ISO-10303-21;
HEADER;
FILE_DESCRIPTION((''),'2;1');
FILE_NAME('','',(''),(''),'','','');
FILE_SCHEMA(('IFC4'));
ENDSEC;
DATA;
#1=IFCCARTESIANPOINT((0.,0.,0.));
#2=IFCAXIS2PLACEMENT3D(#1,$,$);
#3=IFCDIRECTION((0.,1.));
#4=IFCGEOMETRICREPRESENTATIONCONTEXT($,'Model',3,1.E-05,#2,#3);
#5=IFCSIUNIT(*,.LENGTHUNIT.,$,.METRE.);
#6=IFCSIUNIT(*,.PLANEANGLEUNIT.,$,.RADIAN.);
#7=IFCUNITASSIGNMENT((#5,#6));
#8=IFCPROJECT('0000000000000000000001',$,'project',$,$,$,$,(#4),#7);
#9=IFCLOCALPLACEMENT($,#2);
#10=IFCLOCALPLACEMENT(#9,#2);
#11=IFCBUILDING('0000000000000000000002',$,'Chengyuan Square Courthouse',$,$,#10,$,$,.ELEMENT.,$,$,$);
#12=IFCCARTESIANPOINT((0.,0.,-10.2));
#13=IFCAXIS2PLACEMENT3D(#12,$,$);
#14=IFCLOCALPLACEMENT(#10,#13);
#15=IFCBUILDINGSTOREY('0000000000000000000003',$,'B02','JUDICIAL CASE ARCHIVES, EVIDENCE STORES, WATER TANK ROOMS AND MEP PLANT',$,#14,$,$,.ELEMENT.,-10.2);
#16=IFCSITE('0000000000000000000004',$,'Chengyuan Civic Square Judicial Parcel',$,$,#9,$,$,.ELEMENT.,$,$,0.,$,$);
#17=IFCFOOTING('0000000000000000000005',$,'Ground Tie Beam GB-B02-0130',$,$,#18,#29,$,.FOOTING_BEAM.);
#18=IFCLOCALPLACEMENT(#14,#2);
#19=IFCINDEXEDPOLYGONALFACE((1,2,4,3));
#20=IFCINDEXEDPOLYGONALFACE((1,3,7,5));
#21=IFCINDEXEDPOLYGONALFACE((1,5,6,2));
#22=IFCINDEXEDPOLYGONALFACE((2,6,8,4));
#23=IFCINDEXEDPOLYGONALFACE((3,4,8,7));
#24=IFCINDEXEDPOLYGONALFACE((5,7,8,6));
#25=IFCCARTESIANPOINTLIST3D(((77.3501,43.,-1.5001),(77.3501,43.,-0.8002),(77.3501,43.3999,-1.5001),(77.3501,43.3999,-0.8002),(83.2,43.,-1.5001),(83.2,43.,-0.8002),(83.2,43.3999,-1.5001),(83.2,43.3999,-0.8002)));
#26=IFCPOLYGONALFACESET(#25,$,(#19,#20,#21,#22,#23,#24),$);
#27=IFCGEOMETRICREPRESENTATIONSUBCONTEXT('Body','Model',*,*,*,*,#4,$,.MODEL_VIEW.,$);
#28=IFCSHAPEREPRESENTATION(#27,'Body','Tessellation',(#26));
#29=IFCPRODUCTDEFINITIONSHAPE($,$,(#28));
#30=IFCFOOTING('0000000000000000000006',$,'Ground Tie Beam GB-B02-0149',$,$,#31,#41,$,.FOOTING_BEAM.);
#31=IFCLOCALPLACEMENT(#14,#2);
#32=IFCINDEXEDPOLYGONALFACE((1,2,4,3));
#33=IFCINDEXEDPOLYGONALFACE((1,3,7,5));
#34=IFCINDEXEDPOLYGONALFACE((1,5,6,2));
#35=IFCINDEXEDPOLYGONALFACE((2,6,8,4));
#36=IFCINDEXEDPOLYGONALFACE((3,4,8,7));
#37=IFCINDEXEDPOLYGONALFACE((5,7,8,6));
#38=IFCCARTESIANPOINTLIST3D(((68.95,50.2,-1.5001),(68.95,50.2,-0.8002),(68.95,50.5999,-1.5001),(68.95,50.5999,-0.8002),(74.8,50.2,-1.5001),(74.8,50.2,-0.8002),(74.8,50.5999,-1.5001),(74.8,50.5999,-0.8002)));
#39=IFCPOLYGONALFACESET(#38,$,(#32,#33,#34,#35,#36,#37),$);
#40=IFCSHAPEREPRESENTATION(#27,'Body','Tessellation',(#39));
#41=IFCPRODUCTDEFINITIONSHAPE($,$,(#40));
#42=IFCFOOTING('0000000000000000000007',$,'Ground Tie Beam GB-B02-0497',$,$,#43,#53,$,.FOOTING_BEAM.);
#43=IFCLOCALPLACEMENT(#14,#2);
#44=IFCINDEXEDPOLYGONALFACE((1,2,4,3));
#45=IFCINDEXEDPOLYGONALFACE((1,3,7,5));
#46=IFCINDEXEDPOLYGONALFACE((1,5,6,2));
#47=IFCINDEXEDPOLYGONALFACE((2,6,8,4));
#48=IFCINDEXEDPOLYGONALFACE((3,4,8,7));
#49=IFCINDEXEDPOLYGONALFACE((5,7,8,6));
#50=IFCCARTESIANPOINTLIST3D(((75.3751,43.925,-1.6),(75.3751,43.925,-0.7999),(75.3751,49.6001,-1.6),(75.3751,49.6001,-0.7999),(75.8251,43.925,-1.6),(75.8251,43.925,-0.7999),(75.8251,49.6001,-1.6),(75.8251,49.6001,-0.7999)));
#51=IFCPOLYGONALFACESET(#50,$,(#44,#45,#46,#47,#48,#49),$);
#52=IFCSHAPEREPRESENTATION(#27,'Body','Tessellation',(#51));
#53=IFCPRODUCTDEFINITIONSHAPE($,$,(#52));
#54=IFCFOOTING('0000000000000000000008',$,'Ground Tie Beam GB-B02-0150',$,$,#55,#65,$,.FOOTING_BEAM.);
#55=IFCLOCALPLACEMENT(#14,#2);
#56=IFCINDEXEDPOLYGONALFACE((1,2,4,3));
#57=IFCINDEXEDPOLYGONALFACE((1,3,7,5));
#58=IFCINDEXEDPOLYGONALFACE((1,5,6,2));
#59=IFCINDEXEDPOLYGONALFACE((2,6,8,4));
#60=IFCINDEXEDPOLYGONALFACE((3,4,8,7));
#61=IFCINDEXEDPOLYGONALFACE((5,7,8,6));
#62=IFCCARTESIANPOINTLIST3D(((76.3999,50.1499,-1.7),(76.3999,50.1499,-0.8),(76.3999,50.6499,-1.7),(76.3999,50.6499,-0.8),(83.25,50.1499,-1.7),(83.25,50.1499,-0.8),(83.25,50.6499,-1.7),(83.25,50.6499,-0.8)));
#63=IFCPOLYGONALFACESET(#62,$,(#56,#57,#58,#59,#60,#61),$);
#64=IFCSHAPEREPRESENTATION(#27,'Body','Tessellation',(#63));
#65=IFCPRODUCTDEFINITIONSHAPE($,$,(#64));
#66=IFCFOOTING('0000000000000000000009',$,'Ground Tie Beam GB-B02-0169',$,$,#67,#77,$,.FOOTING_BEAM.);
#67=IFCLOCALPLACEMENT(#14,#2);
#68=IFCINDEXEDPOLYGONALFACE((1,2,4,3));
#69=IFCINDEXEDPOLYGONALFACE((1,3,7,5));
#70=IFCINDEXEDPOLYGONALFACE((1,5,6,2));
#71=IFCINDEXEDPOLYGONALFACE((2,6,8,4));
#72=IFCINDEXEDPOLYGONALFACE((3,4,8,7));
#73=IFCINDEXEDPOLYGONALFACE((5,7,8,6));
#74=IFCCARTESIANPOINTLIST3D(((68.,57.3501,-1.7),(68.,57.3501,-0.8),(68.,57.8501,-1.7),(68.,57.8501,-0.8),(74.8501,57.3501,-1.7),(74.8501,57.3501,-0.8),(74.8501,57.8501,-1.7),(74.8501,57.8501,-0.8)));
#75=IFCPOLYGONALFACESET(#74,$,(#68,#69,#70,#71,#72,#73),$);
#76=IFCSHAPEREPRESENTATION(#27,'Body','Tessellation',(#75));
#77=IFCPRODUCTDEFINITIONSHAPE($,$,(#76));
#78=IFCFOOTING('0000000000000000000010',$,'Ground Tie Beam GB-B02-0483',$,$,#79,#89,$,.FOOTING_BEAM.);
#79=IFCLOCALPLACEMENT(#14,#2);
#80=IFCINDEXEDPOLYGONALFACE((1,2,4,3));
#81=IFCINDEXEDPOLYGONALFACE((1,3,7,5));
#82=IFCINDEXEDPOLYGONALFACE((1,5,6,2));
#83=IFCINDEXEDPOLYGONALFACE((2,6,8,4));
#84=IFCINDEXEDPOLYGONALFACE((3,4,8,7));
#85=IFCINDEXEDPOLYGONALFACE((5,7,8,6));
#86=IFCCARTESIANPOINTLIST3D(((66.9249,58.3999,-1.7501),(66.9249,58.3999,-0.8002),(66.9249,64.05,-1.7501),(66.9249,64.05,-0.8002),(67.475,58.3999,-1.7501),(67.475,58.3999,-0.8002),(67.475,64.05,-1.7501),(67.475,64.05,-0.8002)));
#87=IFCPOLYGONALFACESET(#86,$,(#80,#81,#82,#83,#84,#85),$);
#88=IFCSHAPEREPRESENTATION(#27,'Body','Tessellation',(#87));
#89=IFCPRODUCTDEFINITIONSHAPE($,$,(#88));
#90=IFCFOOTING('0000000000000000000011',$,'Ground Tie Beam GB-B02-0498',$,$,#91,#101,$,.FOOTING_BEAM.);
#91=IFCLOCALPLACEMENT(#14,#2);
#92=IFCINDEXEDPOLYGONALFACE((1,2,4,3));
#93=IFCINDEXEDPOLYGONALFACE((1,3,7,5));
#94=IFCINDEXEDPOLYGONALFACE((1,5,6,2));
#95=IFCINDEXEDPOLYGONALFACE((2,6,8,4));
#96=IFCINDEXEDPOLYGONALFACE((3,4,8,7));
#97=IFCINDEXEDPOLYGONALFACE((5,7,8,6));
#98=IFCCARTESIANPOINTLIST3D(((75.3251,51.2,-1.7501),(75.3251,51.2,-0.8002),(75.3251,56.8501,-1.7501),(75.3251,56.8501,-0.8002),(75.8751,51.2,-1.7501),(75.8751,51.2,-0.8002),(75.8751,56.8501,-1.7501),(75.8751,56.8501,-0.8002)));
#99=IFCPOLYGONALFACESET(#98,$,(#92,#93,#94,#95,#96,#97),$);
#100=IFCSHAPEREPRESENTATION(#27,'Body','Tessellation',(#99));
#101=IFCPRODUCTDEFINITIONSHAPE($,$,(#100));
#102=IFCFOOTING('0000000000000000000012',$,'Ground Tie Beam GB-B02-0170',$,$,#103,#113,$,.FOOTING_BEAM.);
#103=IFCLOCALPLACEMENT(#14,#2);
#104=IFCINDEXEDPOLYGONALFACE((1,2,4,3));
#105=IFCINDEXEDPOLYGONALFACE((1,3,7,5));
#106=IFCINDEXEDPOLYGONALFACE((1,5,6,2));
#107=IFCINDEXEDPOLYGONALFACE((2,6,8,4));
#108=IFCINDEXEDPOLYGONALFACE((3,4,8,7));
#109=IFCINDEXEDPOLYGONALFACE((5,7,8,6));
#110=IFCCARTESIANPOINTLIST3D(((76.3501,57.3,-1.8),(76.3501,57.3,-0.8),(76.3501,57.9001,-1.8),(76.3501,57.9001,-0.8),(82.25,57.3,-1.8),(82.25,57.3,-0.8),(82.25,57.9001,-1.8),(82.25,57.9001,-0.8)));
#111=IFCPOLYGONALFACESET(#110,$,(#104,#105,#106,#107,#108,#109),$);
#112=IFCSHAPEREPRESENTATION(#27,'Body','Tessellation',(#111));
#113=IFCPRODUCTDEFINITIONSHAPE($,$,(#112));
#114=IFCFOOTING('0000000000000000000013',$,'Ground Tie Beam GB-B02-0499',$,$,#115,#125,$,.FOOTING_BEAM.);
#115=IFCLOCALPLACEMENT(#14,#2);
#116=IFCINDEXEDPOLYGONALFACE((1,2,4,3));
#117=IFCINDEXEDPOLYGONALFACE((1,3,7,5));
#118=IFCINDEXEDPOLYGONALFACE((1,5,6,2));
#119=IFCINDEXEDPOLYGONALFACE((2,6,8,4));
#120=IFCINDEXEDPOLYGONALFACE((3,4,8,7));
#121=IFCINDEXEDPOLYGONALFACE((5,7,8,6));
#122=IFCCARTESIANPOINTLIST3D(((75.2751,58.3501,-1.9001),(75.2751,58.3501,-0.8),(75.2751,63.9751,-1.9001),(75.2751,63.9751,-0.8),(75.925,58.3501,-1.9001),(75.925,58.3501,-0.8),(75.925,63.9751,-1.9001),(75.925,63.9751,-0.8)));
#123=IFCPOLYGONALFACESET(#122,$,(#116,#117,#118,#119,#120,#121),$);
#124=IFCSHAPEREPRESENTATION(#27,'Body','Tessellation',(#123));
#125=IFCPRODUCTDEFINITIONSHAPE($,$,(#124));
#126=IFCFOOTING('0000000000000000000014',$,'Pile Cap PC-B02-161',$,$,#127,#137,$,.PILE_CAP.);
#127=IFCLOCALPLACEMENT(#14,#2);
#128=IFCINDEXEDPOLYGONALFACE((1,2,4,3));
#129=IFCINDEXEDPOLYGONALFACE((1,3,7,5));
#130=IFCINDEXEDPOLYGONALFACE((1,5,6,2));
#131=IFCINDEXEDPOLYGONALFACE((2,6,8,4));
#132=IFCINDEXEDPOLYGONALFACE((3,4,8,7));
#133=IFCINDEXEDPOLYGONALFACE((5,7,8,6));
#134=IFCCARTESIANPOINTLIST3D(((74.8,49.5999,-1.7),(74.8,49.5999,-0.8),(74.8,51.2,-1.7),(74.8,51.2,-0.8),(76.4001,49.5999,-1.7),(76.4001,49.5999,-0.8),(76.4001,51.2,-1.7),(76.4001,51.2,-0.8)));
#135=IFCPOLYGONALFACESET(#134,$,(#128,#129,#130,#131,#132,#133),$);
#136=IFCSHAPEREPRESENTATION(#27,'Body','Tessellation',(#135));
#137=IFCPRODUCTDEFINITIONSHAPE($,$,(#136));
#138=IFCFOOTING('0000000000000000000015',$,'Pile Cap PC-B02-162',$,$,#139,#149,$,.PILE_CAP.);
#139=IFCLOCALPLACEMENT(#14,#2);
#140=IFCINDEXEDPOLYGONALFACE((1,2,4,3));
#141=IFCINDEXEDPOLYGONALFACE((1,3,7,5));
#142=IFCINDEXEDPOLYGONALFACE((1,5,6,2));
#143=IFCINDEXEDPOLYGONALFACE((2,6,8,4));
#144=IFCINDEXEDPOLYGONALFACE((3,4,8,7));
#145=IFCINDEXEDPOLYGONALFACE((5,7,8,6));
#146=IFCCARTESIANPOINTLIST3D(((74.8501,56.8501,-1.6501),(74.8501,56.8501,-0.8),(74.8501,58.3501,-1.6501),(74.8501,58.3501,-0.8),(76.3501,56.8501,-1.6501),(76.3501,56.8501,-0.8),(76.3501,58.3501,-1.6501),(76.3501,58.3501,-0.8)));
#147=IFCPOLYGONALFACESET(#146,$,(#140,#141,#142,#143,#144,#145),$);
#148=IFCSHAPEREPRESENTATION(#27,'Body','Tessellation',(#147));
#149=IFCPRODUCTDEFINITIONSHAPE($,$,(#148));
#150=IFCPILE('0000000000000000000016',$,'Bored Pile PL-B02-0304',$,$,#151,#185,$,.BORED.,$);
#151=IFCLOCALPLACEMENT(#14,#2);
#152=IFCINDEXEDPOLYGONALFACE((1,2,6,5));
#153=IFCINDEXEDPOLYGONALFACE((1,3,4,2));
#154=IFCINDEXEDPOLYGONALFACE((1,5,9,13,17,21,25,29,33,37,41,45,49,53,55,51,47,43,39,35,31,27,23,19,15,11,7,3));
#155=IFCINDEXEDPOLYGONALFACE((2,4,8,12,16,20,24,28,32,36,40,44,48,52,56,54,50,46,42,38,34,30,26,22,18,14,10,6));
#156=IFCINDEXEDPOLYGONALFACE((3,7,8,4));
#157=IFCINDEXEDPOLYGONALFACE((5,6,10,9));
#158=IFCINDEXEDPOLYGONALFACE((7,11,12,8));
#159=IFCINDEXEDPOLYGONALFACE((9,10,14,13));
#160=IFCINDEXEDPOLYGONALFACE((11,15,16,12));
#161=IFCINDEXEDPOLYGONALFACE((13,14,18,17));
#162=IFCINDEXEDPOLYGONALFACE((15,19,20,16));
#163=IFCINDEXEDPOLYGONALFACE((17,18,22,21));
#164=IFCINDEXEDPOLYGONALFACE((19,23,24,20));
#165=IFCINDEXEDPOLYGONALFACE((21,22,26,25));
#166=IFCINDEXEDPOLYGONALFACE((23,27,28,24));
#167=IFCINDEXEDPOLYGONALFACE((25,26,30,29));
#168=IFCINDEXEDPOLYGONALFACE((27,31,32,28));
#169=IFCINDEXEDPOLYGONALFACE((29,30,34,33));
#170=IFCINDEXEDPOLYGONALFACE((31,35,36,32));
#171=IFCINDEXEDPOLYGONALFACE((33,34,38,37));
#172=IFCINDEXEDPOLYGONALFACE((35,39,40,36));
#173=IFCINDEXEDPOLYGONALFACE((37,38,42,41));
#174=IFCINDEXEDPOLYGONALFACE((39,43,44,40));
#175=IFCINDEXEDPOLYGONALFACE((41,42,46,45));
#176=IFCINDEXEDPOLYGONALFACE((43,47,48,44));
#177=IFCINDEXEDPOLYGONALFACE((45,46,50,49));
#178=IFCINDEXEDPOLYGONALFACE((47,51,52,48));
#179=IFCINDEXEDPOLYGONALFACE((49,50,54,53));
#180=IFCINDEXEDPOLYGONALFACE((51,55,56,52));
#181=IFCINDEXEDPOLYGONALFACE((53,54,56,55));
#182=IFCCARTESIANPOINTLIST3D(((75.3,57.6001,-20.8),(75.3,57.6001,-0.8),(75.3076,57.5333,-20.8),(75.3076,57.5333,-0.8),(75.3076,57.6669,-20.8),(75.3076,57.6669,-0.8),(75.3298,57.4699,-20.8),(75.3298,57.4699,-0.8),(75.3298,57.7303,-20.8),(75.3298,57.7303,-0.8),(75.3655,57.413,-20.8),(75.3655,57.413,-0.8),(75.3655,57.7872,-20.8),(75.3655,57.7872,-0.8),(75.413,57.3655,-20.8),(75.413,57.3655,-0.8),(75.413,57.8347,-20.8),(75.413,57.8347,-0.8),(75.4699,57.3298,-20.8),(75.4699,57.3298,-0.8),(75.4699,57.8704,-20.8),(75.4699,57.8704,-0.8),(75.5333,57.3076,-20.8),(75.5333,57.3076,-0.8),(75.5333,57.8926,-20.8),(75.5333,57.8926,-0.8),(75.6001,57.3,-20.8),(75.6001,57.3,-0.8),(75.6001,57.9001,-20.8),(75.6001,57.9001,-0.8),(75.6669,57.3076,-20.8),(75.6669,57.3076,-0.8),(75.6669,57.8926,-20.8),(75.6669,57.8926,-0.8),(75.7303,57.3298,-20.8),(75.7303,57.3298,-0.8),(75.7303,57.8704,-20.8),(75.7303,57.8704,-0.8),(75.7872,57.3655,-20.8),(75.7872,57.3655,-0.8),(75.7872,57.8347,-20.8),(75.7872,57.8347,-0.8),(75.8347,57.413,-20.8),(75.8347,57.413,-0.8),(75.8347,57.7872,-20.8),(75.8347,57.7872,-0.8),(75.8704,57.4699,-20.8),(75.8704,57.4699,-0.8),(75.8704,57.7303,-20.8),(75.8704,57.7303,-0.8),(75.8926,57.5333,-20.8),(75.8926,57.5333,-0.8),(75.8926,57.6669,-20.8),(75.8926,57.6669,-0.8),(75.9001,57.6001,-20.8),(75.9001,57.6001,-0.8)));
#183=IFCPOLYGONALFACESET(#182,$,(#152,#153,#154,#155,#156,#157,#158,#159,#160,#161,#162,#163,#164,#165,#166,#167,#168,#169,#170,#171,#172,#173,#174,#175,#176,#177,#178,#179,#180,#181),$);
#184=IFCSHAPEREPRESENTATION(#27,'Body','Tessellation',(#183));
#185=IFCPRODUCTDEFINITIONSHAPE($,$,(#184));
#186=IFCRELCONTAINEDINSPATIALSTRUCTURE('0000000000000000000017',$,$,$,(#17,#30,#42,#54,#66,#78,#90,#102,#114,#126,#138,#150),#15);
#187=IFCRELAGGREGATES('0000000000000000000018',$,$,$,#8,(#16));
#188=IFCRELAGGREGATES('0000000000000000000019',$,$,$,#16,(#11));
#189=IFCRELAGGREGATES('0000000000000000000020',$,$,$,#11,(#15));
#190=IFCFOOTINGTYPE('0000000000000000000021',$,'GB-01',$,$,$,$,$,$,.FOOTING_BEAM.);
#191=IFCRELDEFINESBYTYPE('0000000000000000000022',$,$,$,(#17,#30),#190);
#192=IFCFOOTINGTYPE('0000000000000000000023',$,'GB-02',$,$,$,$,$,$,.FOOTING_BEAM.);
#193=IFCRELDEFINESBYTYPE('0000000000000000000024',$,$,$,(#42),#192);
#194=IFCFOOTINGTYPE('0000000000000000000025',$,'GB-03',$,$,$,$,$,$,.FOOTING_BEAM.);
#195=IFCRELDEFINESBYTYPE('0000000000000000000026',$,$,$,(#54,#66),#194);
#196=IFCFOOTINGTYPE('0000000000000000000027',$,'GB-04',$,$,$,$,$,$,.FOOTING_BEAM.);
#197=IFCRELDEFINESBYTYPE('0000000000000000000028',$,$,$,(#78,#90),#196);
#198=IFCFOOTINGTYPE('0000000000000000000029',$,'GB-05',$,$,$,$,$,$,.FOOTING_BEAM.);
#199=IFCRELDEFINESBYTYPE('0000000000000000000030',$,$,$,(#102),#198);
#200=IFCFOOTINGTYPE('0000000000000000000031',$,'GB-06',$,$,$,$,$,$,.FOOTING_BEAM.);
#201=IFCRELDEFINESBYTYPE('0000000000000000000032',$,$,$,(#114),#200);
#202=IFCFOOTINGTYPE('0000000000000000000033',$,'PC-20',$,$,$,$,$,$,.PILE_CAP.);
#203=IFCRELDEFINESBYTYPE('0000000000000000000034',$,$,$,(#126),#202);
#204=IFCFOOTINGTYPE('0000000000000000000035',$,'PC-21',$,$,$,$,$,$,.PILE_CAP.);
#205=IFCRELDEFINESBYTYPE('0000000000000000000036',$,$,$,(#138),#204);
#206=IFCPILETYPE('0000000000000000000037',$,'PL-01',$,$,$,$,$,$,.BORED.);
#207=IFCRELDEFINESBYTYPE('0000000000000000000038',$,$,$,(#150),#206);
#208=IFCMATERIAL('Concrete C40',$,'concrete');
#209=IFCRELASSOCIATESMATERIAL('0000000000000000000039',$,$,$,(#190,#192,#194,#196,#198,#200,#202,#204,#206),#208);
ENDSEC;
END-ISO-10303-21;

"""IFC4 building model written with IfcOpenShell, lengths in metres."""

from ifc_helpers import new_model, si_unit, direction, frame, origin, origin_2d, place, context, subcontext, project, spatial, rectangle, circle, extrude, material, material_profile, profile_set, type_object, element, save


model = new_model("IFC4")

# Units and contexts
model_context = context("Model", 3, precision=1e-05, world=origin(), true_north=direction((0.0, 1.0)))
body_context = subcontext(model_context, "Body", "Model", "MODEL_VIEW")
ifc_project = project(units=[si_unit("LENGTHUNIT", "METRE"), si_unit("PLANEANGLEUNIT", "RADIAN")], contexts=[model_context])

# Site, building, storey
site_placement = place(None, origin())
site = spatial("IfcSite", under=ifc_project, at=site_placement, Name="Chengyuan Civic Square Judicial Parcel", CompositionType="ELEMENT", RefElevation=0.0)
building_placement = place(site_placement, origin())
building = spatial("IfcBuilding", under=site, at=building_placement, Name="Chengyuan Square Courthouse", CompositionType="ELEMENT")
storey_placement = place(building_placement, frame((0.0, 0.0, -10.2)))
storey = spatial("IfcBuildingStorey", under=building, at=storey_placement, Name="B02", Description="JUDICIAL CASE ARCHIVES, EVIDENCE STORES, WATER TANK ROOMS AND MEP PLANT", CompositionType="ELEMENT", Elevation=-10.2)

# Footings
ifc_material_1 = material(Name="Concrete C40", Category="concrete")
ifc_material_profile_1 = material_profile(ifc_material_1, rectangle(XDim=0.3999, YDim=0.7, at=origin_2d()), Name="GB-400x700")
ifc_profile_set_1 = profile_set([ifc_material_profile_1], Name="Concrete C40")
footing_type_1 = type_object("IfcFootingType", Name="GB-01", PredefinedType="FOOTING_BEAM", material=ifc_profile_set_1)
footing_1_placement = place(storey_placement, frame((77.3501, 43.2, -1.1501), z_axis=(1.0, 0.0, 0.0), x_axis=(0.0, 1.0, 0.0)))
element("IfcFooting", 1, at=footing_1_placement, inside=storey, type_object=footing_type_1, Name="Ground Tie Beam GB-B02-0130", PredefinedType="FOOTING_BEAM", context=body_context, shape_type="SweptSolid", body=[
    extrude(rectangle(XDim=0.3999, YDim=0.7, at=origin_2d()), origin(), (0.0, 0.0, 1.0), 5.8499),
])
footing_2_placement = place(storey_placement, frame((68.95, 50.3999, -1.1501), z_axis=(1.0, 0.0, 0.0), x_axis=(0.0, 1.0, 0.0)))
element("IfcFooting", 2, at=footing_2_placement, inside=storey, type_object=footing_type_1, Name="Ground Tie Beam GB-B02-0149", PredefinedType="FOOTING_BEAM", context=body_context, shape_type="SweptSolid", body=[
    extrude(rectangle(XDim=0.3999, YDim=0.7, at=origin_2d()), origin(), (0.0, 0.0, 1.0), 5.8501),
])
ifc_material_profile_2 = material_profile(ifc_material_1, rectangle(XDim=0.45, YDim=0.8, at=origin_2d()), Name="GB-450x800")
ifc_profile_set_2 = profile_set([ifc_material_profile_2], Name="Concrete C40")
footing_type_2 = type_object("IfcFootingType", Name="GB-02", PredefinedType="FOOTING_BEAM", material=ifc_profile_set_2)
footing_3_placement = place(storey_placement, frame((75.6001, 43.925, -1.2), z_axis=(0.0, 1.0, 0.0), x_axis=(-1.0, 0.0, 0.0)))
element("IfcFooting", 3, at=footing_3_placement, inside=storey, type_object=footing_type_2, Name="Ground Tie Beam GB-B02-0497", PredefinedType="FOOTING_BEAM", context=body_context, shape_type="SweptSolid", body=[
    extrude(rectangle(XDim=0.45, YDim=0.8, at=origin_2d()), origin(), (0.0, 0.0, 1.0), 5.675),
])
ifc_material_profile_3 = material_profile(ifc_material_1, rectangle(XDim=0.5, YDim=0.8999, at=origin_2d()), Name="GB-500x900")
ifc_profile_set_3 = profile_set([ifc_material_profile_3], Name="Concrete C40")
footing_type_3 = type_object("IfcFootingType", Name="GB-03", PredefinedType="FOOTING_BEAM", material=ifc_profile_set_3)
for number, where, z_axis, x_axis, name in (
    (4, (76.3999, 50.3999, -1.25), (1.0, 0.0, 0.0), (0.0, 1.0, 0.0), "Ground Tie Beam GB-B02-0150"),
    (5, (68.0, 57.6001, -1.25), (1.0, 0.0, 0.0), (0.0, 1.0, 0.0), "Ground Tie Beam GB-B02-0169"),
):
    element("IfcFooting", number, at=place(storey_placement, frame(where, z_axis=z_axis, x_axis=x_axis)), inside=storey, type_object=footing_type_3, Name=name, PredefinedType="FOOTING_BEAM", context=body_context, shape_type="SweptSolid", body=[
        extrude(rectangle(XDim=0.5, YDim=0.8999, at=origin_2d()), origin(), (0.0, 0.0, 1.0), 6.8501),
    ])
ifc_material_profile_4 = material_profile(ifc_material_1, rectangle(XDim=0.55, YDim=0.95, at=origin_2d()), Name="GB-550x950")
ifc_profile_set_4 = profile_set([ifc_material_profile_4], Name="Concrete C40")
footing_type_4 = type_object("IfcFootingType", Name="GB-04", PredefinedType="FOOTING_BEAM", material=ifc_profile_set_4)
for number, where, z_axis, x_axis, name in (
    (6, (67.2, 58.3999, -1.2751), (0.0, 1.0, 0.0), (-1.0, 0.0, 0.0), "Ground Tie Beam GB-B02-0483"),
    (7, (75.6001, 51.2, -1.2751), (0.0, 1.0, 0.0), (-1.0, 0.0, 0.0), "Ground Tie Beam GB-B02-0498"),
):
    element("IfcFooting", number, at=place(storey_placement, frame(where, z_axis=z_axis, x_axis=x_axis)), inside=storey, type_object=footing_type_4, Name=name, PredefinedType="FOOTING_BEAM", context=body_context, shape_type="SweptSolid", body=[
        extrude(rectangle(XDim=0.55, YDim=0.95, at=origin_2d()), origin(), (0.0, 0.0, 1.0), 5.6501),
    ])
ifc_material_profile_5 = material_profile(ifc_material_1, rectangle(XDim=0.6001, YDim=1.0, at=origin_2d()), Name="GB-600x1000")
ifc_profile_set_5 = profile_set([ifc_material_profile_5], Name="Concrete C40")
footing_type_5 = type_object("IfcFootingType", Name="GB-05", PredefinedType="FOOTING_BEAM", material=ifc_profile_set_5)
footing_4_placement = place(storey_placement, frame((76.3501, 57.6001, -1.3), z_axis=(1.0, 0.0, 0.0), x_axis=(0.0, 1.0, 0.0)))
element("IfcFooting", 8, at=footing_4_placement, inside=storey, type_object=footing_type_5, Name="Ground Tie Beam GB-B02-0170", PredefinedType="FOOTING_BEAM", context=body_context, shape_type="SweptSolid", body=[
    extrude(rectangle(XDim=0.6001, YDim=1.0, at=origin_2d()), origin(), (0.0, 0.0, 1.0), 5.8999),
])
ifc_material_profile_6 = material_profile(ifc_material_1, rectangle(XDim=0.6499, YDim=1.1001, at=origin_2d()), Name="GB-650x1100")
ifc_profile_set_6 = profile_set([ifc_material_profile_6], Name="Concrete C40")
footing_type_6 = type_object("IfcFootingType", Name="GB-06", PredefinedType="FOOTING_BEAM", material=ifc_profile_set_6)
footing_5_placement = place(storey_placement, frame((75.6001, 58.3501, -1.3501), z_axis=(0.0, 1.0, 0.0), x_axis=(-1.0, 0.0, 0.0)))
element("IfcFooting", 9, at=footing_5_placement, inside=storey, type_object=footing_type_6, Name="Ground Tie Beam GB-B02-0499", PredefinedType="FOOTING_BEAM", context=body_context, shape_type="SweptSolid", body=[
    extrude(rectangle(XDim=0.6499, YDim=1.1001, at=origin_2d()), origin(), (0.0, 0.0, 1.0), 5.625),
])
footing_type_7 = type_object("IfcFootingType", Name="PC-20", PredefinedType="PILE_CAP", material=ifc_material_1)
footing_6_placement = place(storey_placement, frame((75.6001, 50.3999, -1.7), z_axis=(0.0, 0.0, 1.0), x_axis=(1.0, 0.0, 0.0)))
element("IfcFooting", 10, at=footing_6_placement, inside=storey, type_object=footing_type_7, Name="Pile Cap PC-B02-161", PredefinedType="PILE_CAP", context=body_context, shape_type="SweptSolid", body=[
    extrude(rectangle(XDim=1.6001, YDim=1.6001, at=origin_2d()), origin(), (0.0, 0.0, 1.0), 0.8999),
])
footing_type_8 = type_object("IfcFootingType", Name="PC-21", PredefinedType="PILE_CAP", material=ifc_material_1)
footing_7_placement = place(storey_placement, frame((75.6001, 57.6001, -1.6501), z_axis=(0.0, 0.0, 1.0), x_axis=(1.0, 0.0, 0.0)))
element("IfcFooting", 11, at=footing_7_placement, inside=storey, type_object=footing_type_8, Name="Pile Cap PC-B02-162", PredefinedType="PILE_CAP", context=body_context, shape_type="SweptSolid", body=[
    extrude(rectangle(XDim=1.5, YDim=1.5, at=origin_2d()), origin(), (0.0, 0.0, 1.0), 0.8501),
])

# Pile
ifc_material_profile_7 = material_profile(ifc_material_1, circle(Radius=0.3, at=origin_2d()), Name="BORED PILE D600")
ifc_profile_set_7 = profile_set([ifc_material_profile_7], Name="Concrete C40")
pile_type_1 = type_object("IfcPileType", Name="PL-01", PredefinedType="BORED", material=ifc_profile_set_7)
pile_placement = place(storey_placement, frame((75.6001, 57.6001, -0.8), z_axis=(0.0, 0.0, -1.0), x_axis=(1.0, 0.0, 0.0)))
element("IfcPile", 12, at=pile_placement, inside=storey, type_object=pile_type_1, Name="Bored Pile PL-B02-0304", PredefinedType="BORED", context=body_context, shape_type="SweptSolid", body=[
    extrude(circle(Radius=0.3, at=origin_2d()), origin(), (0.0, 0.0, 1.0), 20.0),
])

save(model, "model.ifc")
